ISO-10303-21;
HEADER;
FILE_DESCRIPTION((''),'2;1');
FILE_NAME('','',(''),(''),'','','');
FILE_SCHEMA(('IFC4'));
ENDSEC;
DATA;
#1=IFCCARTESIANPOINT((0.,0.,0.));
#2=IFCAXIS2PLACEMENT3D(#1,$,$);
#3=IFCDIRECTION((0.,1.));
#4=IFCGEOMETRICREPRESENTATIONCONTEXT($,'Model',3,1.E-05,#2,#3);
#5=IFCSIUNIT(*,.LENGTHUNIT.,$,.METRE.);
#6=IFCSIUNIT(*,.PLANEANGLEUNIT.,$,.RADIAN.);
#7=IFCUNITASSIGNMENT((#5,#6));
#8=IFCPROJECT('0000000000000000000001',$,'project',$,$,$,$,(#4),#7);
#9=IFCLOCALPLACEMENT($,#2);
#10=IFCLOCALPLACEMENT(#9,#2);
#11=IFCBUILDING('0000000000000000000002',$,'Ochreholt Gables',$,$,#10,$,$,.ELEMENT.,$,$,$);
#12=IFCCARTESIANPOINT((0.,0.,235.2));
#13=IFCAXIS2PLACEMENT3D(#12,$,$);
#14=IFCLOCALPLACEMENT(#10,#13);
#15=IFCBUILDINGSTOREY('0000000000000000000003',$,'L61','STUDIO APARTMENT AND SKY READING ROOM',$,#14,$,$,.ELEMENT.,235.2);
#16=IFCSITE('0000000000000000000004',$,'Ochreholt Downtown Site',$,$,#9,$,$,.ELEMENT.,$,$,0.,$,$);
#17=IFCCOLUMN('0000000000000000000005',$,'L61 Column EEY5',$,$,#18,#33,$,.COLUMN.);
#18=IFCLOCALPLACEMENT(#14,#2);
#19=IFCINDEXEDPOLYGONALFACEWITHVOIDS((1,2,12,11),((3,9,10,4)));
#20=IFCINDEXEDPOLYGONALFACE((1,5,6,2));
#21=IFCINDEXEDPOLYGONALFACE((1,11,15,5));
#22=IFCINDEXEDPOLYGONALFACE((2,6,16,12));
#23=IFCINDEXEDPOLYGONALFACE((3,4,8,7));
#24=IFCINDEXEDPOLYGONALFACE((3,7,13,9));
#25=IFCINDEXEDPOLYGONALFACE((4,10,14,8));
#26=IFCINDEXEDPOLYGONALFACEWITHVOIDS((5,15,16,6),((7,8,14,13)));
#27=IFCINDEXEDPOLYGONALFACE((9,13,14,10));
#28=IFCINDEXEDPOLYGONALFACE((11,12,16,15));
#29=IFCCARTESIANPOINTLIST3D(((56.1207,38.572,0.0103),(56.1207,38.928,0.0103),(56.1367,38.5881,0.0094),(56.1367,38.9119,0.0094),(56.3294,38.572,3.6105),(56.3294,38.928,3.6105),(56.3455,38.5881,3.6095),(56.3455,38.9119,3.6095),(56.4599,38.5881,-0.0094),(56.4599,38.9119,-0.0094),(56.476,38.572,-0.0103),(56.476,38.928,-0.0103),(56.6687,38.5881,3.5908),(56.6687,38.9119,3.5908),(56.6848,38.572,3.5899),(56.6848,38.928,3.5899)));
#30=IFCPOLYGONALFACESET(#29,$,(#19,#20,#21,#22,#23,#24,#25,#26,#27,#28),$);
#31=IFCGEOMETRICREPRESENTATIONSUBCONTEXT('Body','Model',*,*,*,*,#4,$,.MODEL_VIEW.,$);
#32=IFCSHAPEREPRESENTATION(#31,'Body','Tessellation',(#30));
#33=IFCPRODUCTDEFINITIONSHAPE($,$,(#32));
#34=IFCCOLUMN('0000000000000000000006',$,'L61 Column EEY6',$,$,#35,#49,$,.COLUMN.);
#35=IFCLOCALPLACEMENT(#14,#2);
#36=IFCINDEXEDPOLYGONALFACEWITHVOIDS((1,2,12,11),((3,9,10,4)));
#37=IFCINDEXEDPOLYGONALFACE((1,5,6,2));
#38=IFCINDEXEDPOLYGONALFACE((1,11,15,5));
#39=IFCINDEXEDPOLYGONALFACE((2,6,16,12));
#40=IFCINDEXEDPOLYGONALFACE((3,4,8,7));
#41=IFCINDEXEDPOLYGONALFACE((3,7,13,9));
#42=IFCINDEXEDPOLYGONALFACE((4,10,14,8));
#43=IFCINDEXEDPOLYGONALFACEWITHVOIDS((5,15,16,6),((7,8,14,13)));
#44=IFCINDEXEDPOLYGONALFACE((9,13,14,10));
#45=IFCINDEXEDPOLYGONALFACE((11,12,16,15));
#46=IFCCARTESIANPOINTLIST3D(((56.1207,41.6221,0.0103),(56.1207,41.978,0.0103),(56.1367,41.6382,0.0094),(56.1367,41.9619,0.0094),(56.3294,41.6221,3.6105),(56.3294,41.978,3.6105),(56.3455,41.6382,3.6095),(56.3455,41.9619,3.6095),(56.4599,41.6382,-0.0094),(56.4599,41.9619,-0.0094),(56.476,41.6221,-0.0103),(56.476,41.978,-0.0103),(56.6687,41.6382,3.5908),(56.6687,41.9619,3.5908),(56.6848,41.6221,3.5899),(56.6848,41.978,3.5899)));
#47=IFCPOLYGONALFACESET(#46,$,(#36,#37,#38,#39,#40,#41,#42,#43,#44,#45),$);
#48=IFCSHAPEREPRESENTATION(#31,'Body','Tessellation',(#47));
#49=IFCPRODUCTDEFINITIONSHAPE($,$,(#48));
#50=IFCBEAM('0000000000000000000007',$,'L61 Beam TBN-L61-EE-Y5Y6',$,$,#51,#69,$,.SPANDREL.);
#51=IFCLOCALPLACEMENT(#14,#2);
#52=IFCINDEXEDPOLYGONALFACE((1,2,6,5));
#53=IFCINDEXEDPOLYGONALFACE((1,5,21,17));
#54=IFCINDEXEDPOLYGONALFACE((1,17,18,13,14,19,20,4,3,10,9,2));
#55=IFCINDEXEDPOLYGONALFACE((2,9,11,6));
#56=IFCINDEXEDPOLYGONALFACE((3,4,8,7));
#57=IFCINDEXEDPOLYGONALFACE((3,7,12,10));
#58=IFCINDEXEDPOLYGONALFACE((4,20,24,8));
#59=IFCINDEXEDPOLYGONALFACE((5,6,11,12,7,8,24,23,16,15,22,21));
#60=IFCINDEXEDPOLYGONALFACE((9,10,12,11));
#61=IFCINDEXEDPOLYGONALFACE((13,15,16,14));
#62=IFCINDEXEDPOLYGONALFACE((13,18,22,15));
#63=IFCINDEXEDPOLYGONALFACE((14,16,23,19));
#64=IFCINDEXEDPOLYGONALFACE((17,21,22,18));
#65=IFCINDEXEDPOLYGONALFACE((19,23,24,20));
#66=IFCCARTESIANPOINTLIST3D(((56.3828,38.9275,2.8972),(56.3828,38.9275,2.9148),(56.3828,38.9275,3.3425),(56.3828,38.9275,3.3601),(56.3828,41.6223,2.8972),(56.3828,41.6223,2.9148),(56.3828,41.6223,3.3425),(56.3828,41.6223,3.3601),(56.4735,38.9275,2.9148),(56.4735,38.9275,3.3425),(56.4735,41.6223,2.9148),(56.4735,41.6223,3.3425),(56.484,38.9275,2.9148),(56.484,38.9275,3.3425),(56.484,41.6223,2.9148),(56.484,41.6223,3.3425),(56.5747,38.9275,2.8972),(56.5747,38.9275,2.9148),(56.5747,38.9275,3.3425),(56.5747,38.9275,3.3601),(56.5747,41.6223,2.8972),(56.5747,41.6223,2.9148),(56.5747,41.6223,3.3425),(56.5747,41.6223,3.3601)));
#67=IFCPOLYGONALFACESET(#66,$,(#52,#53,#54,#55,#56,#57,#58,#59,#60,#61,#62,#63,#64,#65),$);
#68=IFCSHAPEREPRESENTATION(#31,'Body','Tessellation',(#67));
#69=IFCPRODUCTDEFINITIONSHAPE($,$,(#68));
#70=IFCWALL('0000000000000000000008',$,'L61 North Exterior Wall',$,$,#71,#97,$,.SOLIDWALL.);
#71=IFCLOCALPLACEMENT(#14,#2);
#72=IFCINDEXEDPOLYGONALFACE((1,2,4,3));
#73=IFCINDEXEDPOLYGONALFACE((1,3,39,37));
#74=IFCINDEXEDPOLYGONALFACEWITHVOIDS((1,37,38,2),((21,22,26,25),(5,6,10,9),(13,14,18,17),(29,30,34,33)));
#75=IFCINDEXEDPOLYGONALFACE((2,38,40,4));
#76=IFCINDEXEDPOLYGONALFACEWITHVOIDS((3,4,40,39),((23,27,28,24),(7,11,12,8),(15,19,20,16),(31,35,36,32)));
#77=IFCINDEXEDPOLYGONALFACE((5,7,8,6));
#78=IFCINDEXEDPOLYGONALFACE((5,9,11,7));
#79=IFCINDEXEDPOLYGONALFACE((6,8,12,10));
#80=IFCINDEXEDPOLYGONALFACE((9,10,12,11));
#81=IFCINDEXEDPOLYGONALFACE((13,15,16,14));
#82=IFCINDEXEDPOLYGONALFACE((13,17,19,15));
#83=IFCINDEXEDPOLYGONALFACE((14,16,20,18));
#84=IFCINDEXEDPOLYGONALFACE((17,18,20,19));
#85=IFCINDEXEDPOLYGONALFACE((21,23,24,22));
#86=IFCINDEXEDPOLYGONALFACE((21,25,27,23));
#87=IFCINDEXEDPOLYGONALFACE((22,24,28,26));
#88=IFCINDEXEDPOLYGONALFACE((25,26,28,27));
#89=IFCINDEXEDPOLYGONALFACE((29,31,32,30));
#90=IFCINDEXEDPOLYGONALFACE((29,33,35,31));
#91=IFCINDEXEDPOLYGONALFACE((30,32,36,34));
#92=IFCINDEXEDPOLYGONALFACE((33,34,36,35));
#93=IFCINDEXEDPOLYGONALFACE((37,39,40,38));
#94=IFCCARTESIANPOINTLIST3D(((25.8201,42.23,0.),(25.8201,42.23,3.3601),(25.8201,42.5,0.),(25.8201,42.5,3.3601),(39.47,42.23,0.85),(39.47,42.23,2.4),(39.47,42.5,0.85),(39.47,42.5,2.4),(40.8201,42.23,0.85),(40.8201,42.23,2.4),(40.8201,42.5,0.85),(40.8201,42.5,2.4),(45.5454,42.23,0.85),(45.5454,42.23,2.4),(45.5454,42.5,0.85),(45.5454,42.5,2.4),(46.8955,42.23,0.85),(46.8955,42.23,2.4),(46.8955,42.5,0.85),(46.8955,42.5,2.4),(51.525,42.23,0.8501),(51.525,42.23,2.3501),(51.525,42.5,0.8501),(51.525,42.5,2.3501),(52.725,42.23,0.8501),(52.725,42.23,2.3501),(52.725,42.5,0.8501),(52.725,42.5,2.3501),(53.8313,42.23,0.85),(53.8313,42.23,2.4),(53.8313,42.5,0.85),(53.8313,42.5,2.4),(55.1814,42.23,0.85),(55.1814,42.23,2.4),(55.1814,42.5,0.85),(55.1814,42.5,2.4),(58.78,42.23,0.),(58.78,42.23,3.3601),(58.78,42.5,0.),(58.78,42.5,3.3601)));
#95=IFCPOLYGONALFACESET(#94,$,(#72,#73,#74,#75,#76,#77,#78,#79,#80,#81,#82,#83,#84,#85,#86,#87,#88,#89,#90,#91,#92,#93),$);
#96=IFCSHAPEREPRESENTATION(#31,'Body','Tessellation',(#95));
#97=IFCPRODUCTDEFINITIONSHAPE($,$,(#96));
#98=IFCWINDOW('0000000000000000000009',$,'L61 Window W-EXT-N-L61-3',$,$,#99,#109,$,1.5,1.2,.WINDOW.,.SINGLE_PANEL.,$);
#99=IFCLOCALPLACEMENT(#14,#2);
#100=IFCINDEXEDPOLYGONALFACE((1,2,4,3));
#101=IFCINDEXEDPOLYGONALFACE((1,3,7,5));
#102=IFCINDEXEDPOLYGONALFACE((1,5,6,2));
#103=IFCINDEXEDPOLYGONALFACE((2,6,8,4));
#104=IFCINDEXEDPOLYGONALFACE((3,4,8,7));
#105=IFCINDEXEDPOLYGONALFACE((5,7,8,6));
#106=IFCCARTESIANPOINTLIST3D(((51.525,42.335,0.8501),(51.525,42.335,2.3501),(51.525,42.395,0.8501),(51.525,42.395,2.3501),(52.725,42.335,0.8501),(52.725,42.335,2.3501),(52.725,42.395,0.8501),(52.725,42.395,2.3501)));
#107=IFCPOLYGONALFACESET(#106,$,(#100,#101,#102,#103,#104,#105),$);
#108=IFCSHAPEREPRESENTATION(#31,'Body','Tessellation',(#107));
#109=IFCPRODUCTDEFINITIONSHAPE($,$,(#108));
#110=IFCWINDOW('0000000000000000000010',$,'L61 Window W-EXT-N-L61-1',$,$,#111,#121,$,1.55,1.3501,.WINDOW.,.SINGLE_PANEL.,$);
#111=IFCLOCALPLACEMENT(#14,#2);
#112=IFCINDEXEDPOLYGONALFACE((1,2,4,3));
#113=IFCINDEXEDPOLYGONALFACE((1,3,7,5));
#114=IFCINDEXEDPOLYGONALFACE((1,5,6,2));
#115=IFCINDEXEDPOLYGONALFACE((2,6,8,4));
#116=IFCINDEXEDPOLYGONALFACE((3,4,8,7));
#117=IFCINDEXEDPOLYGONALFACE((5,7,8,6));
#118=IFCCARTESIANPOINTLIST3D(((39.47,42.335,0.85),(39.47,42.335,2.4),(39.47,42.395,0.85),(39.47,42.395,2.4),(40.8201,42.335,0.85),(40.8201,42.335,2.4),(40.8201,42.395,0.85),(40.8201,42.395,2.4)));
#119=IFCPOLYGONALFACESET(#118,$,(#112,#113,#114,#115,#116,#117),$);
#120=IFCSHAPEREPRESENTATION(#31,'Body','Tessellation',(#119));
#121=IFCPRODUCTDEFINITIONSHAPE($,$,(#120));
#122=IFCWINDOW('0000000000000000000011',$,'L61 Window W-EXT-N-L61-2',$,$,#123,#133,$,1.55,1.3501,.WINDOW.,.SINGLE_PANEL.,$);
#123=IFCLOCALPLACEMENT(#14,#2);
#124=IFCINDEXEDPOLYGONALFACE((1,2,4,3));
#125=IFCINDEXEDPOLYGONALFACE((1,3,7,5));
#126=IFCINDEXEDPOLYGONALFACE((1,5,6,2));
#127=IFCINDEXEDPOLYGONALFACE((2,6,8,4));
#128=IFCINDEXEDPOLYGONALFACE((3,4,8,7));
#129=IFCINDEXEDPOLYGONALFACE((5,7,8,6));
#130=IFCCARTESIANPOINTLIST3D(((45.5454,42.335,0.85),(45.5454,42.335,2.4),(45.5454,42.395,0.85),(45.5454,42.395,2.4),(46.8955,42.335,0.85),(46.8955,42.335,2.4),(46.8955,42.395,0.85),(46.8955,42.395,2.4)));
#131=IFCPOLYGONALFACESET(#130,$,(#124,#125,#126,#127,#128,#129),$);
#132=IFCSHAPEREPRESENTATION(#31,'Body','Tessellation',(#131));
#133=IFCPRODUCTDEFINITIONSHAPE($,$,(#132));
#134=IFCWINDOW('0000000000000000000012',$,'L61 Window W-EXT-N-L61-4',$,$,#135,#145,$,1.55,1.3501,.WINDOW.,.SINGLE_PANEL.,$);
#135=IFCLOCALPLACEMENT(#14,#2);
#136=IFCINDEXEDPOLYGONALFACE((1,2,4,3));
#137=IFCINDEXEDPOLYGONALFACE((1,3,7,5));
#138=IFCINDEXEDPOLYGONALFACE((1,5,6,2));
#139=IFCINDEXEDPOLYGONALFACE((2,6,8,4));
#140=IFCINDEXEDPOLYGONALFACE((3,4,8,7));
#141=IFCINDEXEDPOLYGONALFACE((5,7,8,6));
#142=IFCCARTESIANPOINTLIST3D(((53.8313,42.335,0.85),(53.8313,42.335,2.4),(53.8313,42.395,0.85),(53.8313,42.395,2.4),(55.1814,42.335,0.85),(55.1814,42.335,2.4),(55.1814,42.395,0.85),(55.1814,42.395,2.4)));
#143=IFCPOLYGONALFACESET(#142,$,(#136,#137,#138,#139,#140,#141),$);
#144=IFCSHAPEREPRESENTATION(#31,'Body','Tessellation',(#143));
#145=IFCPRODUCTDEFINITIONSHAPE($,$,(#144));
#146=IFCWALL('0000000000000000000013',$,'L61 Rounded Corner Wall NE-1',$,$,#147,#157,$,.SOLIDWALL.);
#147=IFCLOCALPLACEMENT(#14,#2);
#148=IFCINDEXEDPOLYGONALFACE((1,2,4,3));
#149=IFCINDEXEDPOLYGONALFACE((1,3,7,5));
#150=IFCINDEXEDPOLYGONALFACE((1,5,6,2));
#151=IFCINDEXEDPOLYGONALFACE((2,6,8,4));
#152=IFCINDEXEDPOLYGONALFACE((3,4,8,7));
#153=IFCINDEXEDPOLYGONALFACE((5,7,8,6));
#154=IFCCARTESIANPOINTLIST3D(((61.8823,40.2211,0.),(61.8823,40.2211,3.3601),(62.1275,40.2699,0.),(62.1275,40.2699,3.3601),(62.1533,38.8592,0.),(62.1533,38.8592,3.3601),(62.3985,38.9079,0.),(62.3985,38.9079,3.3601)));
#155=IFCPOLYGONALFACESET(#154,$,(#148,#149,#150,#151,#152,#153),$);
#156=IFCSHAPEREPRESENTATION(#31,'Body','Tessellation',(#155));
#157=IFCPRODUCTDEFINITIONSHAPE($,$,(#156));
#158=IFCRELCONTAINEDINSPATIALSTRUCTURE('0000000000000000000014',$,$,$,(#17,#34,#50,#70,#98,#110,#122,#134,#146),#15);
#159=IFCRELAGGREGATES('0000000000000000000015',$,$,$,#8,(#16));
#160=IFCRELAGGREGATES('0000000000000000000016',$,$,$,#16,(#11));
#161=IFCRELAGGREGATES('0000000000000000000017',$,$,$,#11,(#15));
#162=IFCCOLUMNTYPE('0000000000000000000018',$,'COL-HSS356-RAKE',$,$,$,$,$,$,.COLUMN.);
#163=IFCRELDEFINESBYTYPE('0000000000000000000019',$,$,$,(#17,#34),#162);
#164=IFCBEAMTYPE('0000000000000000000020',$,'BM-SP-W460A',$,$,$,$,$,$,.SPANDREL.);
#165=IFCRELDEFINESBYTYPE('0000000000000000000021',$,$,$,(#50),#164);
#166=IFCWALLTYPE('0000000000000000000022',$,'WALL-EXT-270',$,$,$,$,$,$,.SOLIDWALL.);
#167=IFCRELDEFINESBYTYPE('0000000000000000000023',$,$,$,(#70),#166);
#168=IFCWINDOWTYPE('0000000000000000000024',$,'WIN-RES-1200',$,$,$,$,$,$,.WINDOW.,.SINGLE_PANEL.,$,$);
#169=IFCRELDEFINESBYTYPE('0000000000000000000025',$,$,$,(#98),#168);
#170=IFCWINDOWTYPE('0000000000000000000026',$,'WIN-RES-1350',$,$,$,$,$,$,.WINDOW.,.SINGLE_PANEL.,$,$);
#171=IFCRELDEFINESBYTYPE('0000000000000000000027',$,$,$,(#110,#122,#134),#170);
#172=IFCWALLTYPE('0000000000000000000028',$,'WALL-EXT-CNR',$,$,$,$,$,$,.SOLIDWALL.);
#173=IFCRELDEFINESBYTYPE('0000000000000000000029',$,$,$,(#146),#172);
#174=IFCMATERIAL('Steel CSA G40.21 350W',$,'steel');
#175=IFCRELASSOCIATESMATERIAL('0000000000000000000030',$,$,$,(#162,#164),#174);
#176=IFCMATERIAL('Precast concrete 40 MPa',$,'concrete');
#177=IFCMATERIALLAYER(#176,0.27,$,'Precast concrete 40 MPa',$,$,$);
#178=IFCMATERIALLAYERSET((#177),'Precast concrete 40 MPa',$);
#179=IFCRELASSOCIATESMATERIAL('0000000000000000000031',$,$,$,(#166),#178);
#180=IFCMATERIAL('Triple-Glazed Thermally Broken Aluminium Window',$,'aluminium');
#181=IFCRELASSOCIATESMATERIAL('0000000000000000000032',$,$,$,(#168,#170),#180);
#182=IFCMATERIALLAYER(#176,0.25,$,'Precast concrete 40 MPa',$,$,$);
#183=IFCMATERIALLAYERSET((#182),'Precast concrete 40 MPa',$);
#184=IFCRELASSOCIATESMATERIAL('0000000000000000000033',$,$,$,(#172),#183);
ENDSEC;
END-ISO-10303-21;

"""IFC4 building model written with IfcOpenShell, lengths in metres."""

from ifc_helpers import new_model, si_unit, direction, frame, frame_2d, origin, origin_2d, place, context, subcontext, project, spatial, rectangle, hollow_rectangle, i_section, extrude, material, layer, layer_set, material_profile, profile_set, type_object, element, fill, save


model = new_model("IFC4")

# Units and contexts
model_context = context("Model", 3, precision=1e-05, world=origin(), true_north=direction((0.0, 1.0)))
body_context = subcontext(model_context, "Body", "Model", "MODEL_VIEW")
ifc_project = project(units=[si_unit("LENGTHUNIT", "METRE"), si_unit("PLANEANGLEUNIT", "RADIAN")], contexts=[model_context])

# Site, building, storey
site_placement = place(None, origin())
site = spatial("IfcSite", under=ifc_project, at=site_placement, Name="Ochreholt Downtown Site", CompositionType="ELEMENT", RefElevation=0.0)
building_placement = place(site_placement, origin())
building = spatial("IfcBuilding", under=site, at=building_placement, Name="Ochreholt Gables", CompositionType="ELEMENT")
storey_placement = place(building_placement, frame((0.0, 0.0, 235.2)))
storey = spatial("IfcBuildingStorey", under=building, at=storey_placement, Name="L61", Description="STUDIO APARTMENT AND SKY READING ROOM", CompositionType="ELEMENT", Elevation=235.2)

# Columns
ifc_material_1 = material(Name="Steel CSA G40.21 350W", Category="steel")
ifc_material_profile_1 = material_profile(ifc_material_1, hollow_rectangle(XDim=0.356, YDim=0.356, WallThickness=0.0161, at=origin_2d()), Name="HSS356X356X16")
ifc_profile_set_1 = profile_set([ifc_material_profile_1], Name="Steel CSA G40.21 350W")
column_type = type_object("IfcColumnType", Name="COL-HSS356-RAKE", PredefinedType="COLUMN", material=ifc_profile_set_1)
for number, where, z_axis, x_axis, name in (
    (1, (56.2983, 38.75, 0.0), (0.057885, 0.0, 0.998323), (0.0, 1.0, 0.0), "L61 Column EEY5"),
    (2, (56.2983, 41.8, 0.0), (0.057885, 0.0, 0.998323), (0.0, 1.0, 0.0), "L61 Column EEY6"),
):
    element("IfcColumn", number, at=place(storey_placement, frame(where, z_axis=z_axis, x_axis=x_axis)), inside=storey, type_object=column_type, Name=name, PredefinedType="COLUMN", context=body_context, shape_type="SweptSolid", body=[
        extrude(hollow_rectangle(XDim=0.356, YDim=0.356, WallThickness=0.0161, at=origin_2d()), origin(), (0.0, 0.0, 1.0), 3.6062),
    ])

# Beam
ifc_material_profile_2 = material_profile(ifc_material_1, i_section(OverallWidth=0.1919, OverallDepth=0.4629, WebThickness=0.0105, FlangeThickness=0.0176, at=origin_2d()), Name="W460X89")
ifc_profile_set_2 = profile_set([ifc_material_profile_2], Name="Steel CSA G40.21 350W")
beam_type = type_object("IfcBeamType", Name="BM-SP-W460A", PredefinedType="SPANDREL", material=ifc_profile_set_2)
beam_placement = place(storey_placement, frame((56.4788, 38.9275, 3.1287), z_axis=(0.0, 1.0, 0.0), x_axis=(-1.0, 0.0, 0.0)))
element("IfcBeam", 3, at=beam_placement, inside=storey, type_object=beam_type, Name="L61 Beam TBN-L61-EE-Y5Y6", PredefinedType="SPANDREL", context=body_context, shape_type="SweptSolid", body=[
    extrude(i_section(OverallWidth=0.1919, OverallDepth=0.4629, WebThickness=0.0105, FlangeThickness=0.0176, at=origin_2d()), origin(), (0.0, 0.0, 1.0), 2.6948),
])

# Wall, openings, windows
ifc_material_2 = material(Name="Precast concrete 40 MPa", Category="concrete")
ifc_layer_1 = layer(ifc_material_2, 0.27, Name="Precast concrete 40 MPa")
ifc_layer_set_1 = layer_set([ifc_layer_1], Name="Precast concrete 40 MPa")
wall_type_1 = type_object("IfcWallType", Name="WALL-EXT-270", PredefinedType="SOLIDWALL", material=ifc_layer_set_1)
wall_1_placement = place(storey_placement, frame((58.78, 42.365, 0.0), z_axis=(0.0, 0.0, 1.0), x_axis=(-1.0, 0.0, 0.0)))
wall_1 = element("IfcWall", 4, at=wall_1_placement, inside=storey, type_object=wall_type_1, Name="L61 North Exterior Wall", PredefinedType="SOLIDWALL", context=body_context, shape_type="SweptSolid", body=[
    extrude(rectangle(XDim=32.96, YDim=0.27, at=frame_2d((16.48, 0.0))), origin(), (0.0, 0.0, 1.0), 3.3601),
])
opening_1_placement = place(wall_1_placement, frame((17.96, 0.0, 0.8501)))
opening_1 = element("IfcOpeningElement", 5, at=opening_1_placement, cuts=wall_1, PredefinedType="OPENING", context=body_context, shape_type="SweptSolid", body=[
    extrude(rectangle(XDim=1.3501, YDim=1.55, at=frame_2d((0.675, 0.7749))), frame((0.0, 0.145, 0.0), z_axis=(0.0, -1.0, 0.0), x_axis=(1.0, 0.0, 0.0)), (0.0, 0.0, 1.0), 0.29),
])
opening_2_placement = place(wall_1_placement, frame((11.8845, 0.0, 0.8501)))
opening_2 = element("IfcOpeningElement", 6, at=opening_2_placement, cuts=wall_1, PredefinedType="OPENING", context=body_context, shape_type="SweptSolid", body=[
    extrude(rectangle(XDim=1.3501, YDim=1.55, at=frame_2d((0.675, 0.7749))), frame((0.0, 0.145, 0.0), z_axis=(0.0, -1.0, 0.0), x_axis=(1.0, 0.0, 0.0)), (0.0, 0.0, 1.0), 0.29),
])
opening_3_placement = place(wall_1_placement, frame((6.0549, 0.0, 0.8501)))
opening_3 = element("IfcOpeningElement", 7, at=opening_3_placement, cuts=wall_1, PredefinedType="OPENING", context=body_context, shape_type="SweptSolid", body=[
    extrude(rectangle(XDim=1.2, YDim=1.5, at=frame_2d((0.6001, 0.75))), frame((0.0, 0.145, 0.0), z_axis=(0.0, -1.0, 0.0), x_axis=(1.0, 0.0, 0.0)), (0.0, 0.0, 1.0), 0.29),
])
opening_4_placement = place(wall_1_placement, frame((3.5986, 0.0, 0.8501)))
opening_4 = element("IfcOpeningElement", 8, at=opening_4_placement, cuts=wall_1, PredefinedType="OPENING", context=body_context, shape_type="SweptSolid", body=[
    extrude(rectangle(XDim=1.3501, YDim=1.55, at=frame_2d((0.675, 0.7749))), frame((0.0, 0.145, 0.0), z_axis=(0.0, -1.0, 0.0), x_axis=(1.0, 0.0, 0.0)), (0.0, 0.0, 1.0), 0.29),
])
ifc_material_3 = material(Name="Triple-Glazed Thermally Broken Aluminium Window", Category="aluminium")
window_type_1 = type_object("IfcWindowType", Name="WIN-RES-1200", PartitioningType="SINGLE_PANEL", PredefinedType="WINDOW", material=ifc_material_3)
window_1_placement = place(opening_3_placement, origin())
window_1 = element("IfcWindow", 9, at=window_1_placement, inside=storey, type_object=window_type_1, Name="L61 Window W-EXT-N-L61-3", OverallHeight=1.5, OverallWidth=1.2, PartitioningType="SINGLE_PANEL", PredefinedType="WINDOW", context=body_context, shape_type="SweptSolid", body=[
    extrude(rectangle(XDim=1.2, YDim=1.5, at=frame_2d((0.6001, 0.75))), frame((0.0, 0.03, 0.0), z_axis=(0.0, -1.0, 0.0), x_axis=(1.0, 0.0, 0.0)), (0.0, 0.0, 1.0), 0.0601),
])
fill(opening_3, window_1)
window_type_2 = type_object("IfcWindowType", Name="WIN-RES-1350", PartitioningType="SINGLE_PANEL", PredefinedType="WINDOW", material=ifc_material_3)
window_2_placement = place(opening_1_placement, origin())
window_2 = element("IfcWindow", 10, at=window_2_placement, inside=storey, type_object=window_type_2, Name="L61 Window W-EXT-N-L61-1", OverallHeight=1.55, OverallWidth=1.3501, PartitioningType="SINGLE_PANEL", PredefinedType="WINDOW", context=body_context, shape_type="SweptSolid", body=[
    extrude(rectangle(XDim=1.3501, YDim=1.55, at=frame_2d((0.675, 0.7749))), frame((0.0, 0.03, 0.0), z_axis=(0.0, -1.0, 0.0), x_axis=(1.0, 0.0, 0.0)), (0.0, 0.0, 1.0), 0.0601),
])
fill(opening_1, window_2)
window_3_placement = place(opening_2_placement, origin())
window_3 = element("IfcWindow", 11, at=window_3_placement, inside=storey, type_object=window_type_2, Name="L61 Window W-EXT-N-L61-2", OverallHeight=1.55, OverallWidth=1.3501, PartitioningType="SINGLE_PANEL", PredefinedType="WINDOW", context=body_context, shape_type="SweptSolid", body=[
    extrude(rectangle(XDim=1.3501, YDim=1.55, at=frame_2d((0.675, 0.7749))), frame((0.0, 0.03, 0.0), z_axis=(0.0, -1.0, 0.0), x_axis=(1.0, 0.0, 0.0)), (0.0, 0.0, 1.0), 0.0601),
])
fill(opening_2, window_3)
window_4_placement = place(opening_4_placement, origin())
window_4 = element("IfcWindow", 12, at=window_4_placement, inside=storey, type_object=window_type_2, Name="L61 Window W-EXT-N-L61-4", OverallHeight=1.55, OverallWidth=1.3501, PartitioningType="SINGLE_PANEL", PredefinedType="WINDOW", context=body_context, shape_type="SweptSolid", body=[
    extrude(rectangle(XDim=1.3501, YDim=1.55, at=frame_2d((0.675, 0.7749))), frame((0.0, 0.03, 0.0), z_axis=(0.0, -1.0, 0.0), x_axis=(1.0, 0.0, 0.0)), (0.0, 0.0, 1.0), 0.0601),
])
fill(opening_4, window_4)

# Wall
ifc_layer_2 = layer(ifc_material_2, 0.25, Name="Precast concrete 40 MPa")
ifc_layer_set_2 = layer_set([ifc_layer_2], Name="Precast concrete 40 MPa")
wall_type_2 = type_object("IfcWallType", Name="WALL-EXT-CNR", PredefinedType="SOLIDWALL", material=ifc_layer_set_2)
wall_2_placement = place(storey_placement, frame((62.2759, 38.8835, 0.0), z_axis=(0.0, 0.0, 1.0), x_axis=(-0.195136, 0.980776, 0.0)))
element("IfcWall", 13, at=wall_2_placement, inside=storey, type_object=wall_type_2, Name="L61 Rounded Corner Wall NE-1", PredefinedType="SOLIDWALL", context=body_context, shape_type="SweptSolid", body=[
    extrude(rectangle(XDim=1.3887, YDim=0.25, at=frame_2d((0.6943, 0.0))), origin(), (0.0, 0.0, 1.0), 3.3601),
])

save(model, "model.ifc")
